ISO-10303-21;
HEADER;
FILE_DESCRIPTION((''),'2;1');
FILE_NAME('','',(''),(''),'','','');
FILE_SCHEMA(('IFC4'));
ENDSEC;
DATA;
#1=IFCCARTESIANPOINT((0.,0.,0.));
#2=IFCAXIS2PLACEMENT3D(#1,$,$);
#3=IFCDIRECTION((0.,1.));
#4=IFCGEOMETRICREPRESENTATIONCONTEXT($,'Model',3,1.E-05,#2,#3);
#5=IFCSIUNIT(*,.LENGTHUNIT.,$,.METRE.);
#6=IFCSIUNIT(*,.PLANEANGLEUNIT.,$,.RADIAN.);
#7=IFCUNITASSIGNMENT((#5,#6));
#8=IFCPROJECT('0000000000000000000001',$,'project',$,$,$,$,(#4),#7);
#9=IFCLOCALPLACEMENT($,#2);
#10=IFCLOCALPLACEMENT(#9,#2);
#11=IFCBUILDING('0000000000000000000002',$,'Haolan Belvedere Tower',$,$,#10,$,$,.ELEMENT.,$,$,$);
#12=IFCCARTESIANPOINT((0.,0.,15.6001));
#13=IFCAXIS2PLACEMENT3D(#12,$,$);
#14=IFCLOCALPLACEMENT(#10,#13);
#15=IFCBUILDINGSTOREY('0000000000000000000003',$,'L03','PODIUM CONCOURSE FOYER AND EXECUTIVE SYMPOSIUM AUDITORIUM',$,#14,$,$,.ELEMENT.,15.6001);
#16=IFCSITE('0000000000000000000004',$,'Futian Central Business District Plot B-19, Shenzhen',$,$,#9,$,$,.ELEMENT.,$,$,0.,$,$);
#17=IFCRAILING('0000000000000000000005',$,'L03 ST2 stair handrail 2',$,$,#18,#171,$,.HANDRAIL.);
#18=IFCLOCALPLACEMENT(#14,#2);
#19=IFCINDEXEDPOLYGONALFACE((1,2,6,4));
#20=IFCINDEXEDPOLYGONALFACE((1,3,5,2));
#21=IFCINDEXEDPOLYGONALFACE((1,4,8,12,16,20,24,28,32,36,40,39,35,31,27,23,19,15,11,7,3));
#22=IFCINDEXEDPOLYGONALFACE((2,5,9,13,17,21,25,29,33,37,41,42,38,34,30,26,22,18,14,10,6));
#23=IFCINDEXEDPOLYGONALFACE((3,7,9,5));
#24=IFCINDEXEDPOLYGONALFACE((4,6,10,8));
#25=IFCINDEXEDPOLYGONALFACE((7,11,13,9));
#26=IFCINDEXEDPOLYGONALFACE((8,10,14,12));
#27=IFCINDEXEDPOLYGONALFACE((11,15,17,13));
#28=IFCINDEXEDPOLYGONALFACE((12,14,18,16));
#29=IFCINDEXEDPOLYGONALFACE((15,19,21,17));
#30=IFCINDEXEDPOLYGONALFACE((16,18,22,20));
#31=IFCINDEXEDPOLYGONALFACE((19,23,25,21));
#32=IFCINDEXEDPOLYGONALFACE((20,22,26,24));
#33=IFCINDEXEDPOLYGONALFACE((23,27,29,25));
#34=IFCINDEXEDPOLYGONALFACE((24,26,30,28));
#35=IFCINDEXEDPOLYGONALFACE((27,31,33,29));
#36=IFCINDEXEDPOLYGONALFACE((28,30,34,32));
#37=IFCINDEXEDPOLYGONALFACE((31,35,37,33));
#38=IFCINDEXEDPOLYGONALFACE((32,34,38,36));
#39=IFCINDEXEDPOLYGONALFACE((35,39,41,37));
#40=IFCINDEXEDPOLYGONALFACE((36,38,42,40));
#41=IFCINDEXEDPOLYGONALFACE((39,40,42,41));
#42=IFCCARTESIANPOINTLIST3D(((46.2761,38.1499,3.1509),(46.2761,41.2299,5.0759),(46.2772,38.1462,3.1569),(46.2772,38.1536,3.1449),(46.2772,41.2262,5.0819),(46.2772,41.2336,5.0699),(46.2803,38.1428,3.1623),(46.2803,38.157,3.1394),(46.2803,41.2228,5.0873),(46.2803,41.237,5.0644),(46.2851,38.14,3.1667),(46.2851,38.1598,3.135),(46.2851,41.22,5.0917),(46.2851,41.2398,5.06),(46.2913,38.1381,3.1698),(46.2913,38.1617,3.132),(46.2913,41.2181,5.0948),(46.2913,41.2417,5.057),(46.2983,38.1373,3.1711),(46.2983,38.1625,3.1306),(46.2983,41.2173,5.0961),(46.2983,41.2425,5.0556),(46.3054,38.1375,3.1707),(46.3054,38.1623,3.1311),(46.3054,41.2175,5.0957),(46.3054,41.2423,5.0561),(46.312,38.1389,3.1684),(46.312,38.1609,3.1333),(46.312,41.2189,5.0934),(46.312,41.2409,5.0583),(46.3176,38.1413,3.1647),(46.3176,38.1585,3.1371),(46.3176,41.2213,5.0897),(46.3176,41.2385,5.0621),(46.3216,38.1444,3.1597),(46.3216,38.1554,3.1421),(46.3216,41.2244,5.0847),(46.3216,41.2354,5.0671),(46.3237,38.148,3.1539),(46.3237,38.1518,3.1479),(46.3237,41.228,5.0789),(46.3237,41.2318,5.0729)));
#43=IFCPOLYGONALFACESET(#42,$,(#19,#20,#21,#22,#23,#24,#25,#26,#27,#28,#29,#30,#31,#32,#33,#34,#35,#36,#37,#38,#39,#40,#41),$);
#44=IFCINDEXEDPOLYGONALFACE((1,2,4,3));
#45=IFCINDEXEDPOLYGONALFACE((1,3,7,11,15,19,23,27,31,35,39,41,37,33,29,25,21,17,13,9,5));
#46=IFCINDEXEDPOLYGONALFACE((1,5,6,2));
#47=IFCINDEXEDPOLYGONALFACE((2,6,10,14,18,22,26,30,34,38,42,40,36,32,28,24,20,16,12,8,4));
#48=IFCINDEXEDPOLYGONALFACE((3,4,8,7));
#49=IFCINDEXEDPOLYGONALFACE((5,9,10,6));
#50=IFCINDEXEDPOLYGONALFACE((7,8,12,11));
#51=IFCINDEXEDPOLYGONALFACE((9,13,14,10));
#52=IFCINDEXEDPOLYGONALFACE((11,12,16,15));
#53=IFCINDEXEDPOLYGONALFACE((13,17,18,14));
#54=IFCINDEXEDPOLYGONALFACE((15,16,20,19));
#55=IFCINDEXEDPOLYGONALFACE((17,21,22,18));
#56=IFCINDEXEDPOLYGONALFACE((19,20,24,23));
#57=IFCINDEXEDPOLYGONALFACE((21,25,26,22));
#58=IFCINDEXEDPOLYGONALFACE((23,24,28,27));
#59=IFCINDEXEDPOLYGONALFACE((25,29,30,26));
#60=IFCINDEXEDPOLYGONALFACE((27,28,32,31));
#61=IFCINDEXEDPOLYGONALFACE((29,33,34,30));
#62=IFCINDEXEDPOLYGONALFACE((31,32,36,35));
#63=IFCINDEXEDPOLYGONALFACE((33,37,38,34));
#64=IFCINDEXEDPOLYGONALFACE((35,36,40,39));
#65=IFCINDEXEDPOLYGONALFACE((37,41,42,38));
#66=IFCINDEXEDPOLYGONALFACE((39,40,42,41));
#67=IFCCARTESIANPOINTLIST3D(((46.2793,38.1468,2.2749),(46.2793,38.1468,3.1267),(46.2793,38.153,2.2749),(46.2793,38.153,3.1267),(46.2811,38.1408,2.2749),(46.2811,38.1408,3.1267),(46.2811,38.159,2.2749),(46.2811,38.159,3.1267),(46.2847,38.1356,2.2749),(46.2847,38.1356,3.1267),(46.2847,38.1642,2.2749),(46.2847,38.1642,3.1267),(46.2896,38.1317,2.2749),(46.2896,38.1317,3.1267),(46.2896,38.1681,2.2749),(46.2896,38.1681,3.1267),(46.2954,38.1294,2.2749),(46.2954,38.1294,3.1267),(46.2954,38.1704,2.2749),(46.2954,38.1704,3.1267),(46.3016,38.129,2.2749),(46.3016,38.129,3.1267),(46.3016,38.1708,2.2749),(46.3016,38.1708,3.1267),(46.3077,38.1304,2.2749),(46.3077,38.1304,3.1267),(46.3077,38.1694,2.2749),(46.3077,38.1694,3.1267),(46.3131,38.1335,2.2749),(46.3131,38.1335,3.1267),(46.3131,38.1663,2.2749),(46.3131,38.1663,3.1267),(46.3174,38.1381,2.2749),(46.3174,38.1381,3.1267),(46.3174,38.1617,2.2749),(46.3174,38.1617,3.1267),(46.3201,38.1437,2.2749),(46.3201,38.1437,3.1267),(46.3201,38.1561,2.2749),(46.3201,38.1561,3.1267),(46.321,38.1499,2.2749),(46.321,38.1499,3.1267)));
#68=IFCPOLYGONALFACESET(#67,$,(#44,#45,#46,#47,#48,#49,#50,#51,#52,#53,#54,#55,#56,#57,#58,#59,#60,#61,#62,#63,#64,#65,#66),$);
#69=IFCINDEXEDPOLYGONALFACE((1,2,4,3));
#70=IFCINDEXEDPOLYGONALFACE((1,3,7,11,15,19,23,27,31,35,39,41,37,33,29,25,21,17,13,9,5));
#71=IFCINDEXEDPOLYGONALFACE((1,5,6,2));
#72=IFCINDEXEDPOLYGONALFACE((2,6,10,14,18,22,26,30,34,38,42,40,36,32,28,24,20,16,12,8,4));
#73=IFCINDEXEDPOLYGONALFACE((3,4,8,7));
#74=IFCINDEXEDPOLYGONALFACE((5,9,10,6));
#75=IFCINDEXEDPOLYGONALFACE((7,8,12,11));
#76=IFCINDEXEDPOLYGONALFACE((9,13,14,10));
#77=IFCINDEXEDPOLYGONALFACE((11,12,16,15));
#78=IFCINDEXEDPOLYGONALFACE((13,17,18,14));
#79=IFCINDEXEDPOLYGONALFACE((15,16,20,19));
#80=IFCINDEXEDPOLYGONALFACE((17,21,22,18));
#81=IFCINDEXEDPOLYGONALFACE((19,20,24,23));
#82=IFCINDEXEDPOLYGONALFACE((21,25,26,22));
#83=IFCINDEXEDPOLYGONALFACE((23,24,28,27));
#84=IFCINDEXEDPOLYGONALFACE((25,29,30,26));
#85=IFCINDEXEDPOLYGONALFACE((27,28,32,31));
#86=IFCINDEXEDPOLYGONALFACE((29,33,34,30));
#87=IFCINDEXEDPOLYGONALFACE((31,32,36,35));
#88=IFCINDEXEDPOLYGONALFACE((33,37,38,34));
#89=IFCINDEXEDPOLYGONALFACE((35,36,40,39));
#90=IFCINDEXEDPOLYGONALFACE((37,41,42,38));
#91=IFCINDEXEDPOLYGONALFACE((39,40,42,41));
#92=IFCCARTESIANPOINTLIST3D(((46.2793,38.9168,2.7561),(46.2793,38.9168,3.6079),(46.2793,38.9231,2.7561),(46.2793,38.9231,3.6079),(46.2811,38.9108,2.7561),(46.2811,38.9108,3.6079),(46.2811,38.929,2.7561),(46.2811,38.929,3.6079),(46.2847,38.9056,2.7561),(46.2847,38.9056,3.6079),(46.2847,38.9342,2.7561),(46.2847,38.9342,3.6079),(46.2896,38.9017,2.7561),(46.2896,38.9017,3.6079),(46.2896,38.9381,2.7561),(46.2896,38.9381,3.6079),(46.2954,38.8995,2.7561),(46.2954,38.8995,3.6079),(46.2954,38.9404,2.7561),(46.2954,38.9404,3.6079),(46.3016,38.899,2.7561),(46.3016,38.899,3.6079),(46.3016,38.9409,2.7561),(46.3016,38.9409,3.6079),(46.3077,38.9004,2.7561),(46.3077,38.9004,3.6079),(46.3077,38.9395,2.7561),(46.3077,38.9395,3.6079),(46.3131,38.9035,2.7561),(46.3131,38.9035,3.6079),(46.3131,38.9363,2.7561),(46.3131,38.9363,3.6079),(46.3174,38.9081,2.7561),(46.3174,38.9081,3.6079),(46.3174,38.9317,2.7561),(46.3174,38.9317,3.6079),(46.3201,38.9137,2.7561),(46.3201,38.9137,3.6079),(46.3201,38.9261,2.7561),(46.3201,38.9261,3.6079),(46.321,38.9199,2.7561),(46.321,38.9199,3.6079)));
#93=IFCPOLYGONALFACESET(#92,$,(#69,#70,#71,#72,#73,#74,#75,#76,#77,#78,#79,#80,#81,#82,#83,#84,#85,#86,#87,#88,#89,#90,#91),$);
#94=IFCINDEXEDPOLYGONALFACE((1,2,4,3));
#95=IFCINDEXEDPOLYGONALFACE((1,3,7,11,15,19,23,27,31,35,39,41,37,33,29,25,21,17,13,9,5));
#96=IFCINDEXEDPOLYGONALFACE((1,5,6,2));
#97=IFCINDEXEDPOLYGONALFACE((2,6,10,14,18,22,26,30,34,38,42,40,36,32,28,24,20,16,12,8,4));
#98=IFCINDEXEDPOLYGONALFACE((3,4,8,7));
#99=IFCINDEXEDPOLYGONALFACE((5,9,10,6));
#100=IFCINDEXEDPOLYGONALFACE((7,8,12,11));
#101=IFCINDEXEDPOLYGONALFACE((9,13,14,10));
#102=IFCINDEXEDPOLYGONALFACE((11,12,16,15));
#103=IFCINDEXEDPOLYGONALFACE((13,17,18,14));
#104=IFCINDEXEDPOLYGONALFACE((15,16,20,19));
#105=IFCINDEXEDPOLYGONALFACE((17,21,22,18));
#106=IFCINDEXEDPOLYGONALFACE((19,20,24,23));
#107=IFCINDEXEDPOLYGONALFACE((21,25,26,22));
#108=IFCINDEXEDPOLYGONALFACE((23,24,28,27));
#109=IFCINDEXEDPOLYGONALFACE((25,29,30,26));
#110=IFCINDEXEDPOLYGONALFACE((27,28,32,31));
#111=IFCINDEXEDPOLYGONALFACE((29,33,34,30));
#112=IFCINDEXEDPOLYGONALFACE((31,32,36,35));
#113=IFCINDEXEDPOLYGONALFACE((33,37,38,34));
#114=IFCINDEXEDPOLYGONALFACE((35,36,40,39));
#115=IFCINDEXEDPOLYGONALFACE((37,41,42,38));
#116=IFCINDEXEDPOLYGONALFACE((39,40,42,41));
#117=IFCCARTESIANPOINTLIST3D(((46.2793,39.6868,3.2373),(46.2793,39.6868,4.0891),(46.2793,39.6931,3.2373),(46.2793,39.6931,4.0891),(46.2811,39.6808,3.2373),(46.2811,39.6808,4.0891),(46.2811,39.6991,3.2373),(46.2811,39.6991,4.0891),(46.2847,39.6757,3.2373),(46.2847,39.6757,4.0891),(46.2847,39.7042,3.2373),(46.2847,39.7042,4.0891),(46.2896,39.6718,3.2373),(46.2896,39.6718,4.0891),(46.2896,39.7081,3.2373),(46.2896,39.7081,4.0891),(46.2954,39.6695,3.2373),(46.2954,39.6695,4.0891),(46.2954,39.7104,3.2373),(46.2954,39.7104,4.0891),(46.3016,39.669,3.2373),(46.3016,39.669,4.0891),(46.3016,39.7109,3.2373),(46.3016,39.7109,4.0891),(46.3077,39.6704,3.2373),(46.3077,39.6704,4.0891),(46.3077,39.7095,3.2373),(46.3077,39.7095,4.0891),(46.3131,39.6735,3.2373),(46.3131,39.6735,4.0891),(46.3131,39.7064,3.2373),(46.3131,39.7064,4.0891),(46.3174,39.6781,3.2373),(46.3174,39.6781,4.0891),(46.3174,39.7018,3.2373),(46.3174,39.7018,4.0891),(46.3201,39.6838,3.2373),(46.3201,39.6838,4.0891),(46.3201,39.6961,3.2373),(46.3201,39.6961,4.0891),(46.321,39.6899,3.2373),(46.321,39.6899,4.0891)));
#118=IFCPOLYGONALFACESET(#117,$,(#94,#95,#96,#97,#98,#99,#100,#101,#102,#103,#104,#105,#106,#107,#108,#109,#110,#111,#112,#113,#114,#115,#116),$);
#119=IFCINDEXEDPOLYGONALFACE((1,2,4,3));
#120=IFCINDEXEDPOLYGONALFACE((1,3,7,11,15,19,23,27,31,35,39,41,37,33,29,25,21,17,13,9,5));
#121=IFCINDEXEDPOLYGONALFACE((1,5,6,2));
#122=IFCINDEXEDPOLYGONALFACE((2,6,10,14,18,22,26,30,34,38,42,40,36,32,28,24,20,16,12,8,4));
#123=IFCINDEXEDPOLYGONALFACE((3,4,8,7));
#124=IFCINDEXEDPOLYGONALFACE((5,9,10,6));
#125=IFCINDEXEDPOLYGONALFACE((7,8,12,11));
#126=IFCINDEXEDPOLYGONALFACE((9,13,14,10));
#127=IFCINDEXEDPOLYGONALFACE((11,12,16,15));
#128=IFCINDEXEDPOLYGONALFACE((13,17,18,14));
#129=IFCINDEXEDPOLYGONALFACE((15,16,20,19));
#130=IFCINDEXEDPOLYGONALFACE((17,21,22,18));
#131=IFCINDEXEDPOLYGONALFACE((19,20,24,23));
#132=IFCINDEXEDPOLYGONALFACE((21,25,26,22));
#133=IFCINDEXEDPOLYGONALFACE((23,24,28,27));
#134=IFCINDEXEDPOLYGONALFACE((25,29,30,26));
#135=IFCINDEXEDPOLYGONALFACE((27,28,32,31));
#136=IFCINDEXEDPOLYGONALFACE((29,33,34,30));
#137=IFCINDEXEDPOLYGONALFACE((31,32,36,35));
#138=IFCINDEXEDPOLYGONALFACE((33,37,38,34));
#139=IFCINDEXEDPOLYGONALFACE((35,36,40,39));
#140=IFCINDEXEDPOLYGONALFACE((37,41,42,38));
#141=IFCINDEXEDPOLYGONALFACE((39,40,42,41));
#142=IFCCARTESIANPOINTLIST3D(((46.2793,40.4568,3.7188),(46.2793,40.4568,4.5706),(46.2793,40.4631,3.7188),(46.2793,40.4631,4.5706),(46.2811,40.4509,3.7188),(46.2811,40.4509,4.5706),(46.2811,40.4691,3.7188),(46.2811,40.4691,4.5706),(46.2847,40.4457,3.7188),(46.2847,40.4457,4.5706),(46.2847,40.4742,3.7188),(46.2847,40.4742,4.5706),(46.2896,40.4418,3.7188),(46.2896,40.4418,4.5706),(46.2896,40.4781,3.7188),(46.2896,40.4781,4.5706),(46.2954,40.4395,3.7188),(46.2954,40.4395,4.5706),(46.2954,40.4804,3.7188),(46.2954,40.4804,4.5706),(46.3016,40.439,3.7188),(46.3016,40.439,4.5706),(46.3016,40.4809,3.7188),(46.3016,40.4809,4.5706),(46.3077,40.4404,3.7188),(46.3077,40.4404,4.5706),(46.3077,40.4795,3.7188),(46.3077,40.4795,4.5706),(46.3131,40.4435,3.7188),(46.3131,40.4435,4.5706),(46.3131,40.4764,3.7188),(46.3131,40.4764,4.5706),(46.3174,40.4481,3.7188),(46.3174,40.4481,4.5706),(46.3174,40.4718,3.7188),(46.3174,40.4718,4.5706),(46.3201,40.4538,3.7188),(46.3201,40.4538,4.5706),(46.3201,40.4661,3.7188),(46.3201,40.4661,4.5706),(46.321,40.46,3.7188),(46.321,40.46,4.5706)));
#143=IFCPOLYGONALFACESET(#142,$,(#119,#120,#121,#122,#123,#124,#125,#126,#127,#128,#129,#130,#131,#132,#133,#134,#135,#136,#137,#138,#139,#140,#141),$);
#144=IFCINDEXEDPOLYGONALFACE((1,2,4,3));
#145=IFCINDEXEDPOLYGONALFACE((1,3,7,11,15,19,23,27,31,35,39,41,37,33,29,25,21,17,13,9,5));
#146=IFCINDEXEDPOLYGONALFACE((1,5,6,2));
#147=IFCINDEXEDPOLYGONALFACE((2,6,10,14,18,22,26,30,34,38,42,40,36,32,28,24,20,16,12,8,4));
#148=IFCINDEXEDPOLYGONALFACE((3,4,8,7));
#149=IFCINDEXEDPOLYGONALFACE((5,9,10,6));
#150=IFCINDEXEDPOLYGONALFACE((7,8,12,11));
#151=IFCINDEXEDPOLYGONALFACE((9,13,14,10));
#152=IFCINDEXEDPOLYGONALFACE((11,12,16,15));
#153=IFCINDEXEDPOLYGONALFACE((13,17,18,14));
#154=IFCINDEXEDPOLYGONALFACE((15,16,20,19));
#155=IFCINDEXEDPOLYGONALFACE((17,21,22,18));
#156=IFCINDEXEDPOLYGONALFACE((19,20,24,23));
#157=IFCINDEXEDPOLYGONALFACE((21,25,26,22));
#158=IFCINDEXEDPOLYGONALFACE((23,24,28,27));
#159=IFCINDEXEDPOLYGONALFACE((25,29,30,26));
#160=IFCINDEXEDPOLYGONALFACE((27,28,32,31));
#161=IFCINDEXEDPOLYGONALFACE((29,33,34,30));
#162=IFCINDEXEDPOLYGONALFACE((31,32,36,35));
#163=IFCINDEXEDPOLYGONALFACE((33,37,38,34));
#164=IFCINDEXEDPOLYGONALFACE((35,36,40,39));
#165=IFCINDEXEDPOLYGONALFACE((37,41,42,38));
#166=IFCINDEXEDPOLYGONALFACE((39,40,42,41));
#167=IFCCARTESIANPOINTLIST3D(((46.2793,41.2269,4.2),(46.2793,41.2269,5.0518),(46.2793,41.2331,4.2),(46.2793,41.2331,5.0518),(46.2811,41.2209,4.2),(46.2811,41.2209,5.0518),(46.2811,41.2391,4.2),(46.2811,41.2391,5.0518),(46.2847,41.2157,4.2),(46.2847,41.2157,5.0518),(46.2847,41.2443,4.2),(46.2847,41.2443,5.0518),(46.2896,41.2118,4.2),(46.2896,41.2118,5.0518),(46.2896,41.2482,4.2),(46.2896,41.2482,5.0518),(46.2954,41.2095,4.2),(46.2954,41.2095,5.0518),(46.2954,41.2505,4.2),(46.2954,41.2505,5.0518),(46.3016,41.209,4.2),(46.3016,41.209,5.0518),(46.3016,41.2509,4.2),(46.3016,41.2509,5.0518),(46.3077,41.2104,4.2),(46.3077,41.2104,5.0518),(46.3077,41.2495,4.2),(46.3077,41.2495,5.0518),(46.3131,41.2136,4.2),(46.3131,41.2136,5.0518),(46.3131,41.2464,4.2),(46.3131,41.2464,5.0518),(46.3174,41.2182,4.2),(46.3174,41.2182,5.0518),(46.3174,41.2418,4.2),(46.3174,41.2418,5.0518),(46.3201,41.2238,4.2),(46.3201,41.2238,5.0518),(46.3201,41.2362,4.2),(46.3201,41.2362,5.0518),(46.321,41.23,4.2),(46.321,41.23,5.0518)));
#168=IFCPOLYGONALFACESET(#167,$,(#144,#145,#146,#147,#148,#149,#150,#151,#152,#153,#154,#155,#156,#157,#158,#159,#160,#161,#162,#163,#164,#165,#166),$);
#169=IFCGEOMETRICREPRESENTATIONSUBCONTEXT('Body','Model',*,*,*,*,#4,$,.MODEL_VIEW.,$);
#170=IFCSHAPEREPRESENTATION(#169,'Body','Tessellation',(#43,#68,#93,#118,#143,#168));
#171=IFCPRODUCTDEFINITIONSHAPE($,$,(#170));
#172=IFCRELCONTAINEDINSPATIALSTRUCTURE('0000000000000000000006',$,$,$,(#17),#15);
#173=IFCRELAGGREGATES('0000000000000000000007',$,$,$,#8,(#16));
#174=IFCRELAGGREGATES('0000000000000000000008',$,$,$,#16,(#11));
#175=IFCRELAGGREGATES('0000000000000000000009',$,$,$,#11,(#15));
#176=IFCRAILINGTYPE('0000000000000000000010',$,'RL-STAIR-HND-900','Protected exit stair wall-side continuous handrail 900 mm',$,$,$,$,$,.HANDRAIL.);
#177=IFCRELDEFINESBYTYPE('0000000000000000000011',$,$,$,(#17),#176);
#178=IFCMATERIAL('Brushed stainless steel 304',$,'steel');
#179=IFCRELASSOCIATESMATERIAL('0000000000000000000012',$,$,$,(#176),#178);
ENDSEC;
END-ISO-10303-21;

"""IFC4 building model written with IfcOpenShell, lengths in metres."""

from ifc_helpers import new_model, si_unit, direction, frame, origin, origin_2d, place, context, subcontext, project, spatial, circle, extrude, material, type_object, element, save


model = new_model("IFC4")

# Units and contexts
model_context = context("Model", 3, precision=1e-05, world=origin(), true_north=direction((0.0, 1.0)))
body_context = subcontext(model_context, "Body", "Model", "MODEL_VIEW")
ifc_project = project(units=[si_unit("LENGTHUNIT", "METRE"), si_unit("PLANEANGLEUNIT", "RADIAN")], contexts=[model_context])

# Site, building, storey
site_placement = place(None, origin())
site = spatial("IfcSite", under=ifc_project, at=site_placement, Name="Futian Central Business District Plot B-19, Shenzhen", CompositionType="ELEMENT", RefElevation=0.0)
building_placement = place(site_placement, origin())
building = spatial("IfcBuilding", under=site, at=building_placement, Name="Haolan Belvedere Tower", CompositionType="ELEMENT")
storey_placement = place(building_placement, frame((0.0, 0.0, 15.6001)))
storey = spatial("IfcBuildingStorey", under=building, at=storey_placement, Name="L03", Description="PODIUM CONCOURSE FOYER AND EXECUTIVE SYMPOSIUM AUDITORIUM", CompositionType="ELEMENT", Elevation=15.6001)

# Railing
ifc_material_1 = material(Name="Brushed stainless steel 304", Category="steel")
railing_type_1 = type_object("IfcRailingType", Name="RL-STAIR-HND-900", Description="Protected exit stair wall-side continuous handrail 900 mm", PredefinedType="HANDRAIL", material=ifc_material_1)
railing_1_placement = place(storey_placement, frame((46.3, 38.1499, 2.2749)))
element("IfcRailing", 1, at=railing_1_placement, inside=storey, type_object=railing_type_1, Name="L03 ST2 stair handrail 2", PredefinedType="HANDRAIL", context=body_context, shape_type="SweptSolid", body=[
    extrude(circle(Radius=0.0239, at=origin_2d()), frame((0.0, 0.0, 0.876), z_axis=(0.0, 0.847998, 0.529999), x_axis=(-1.0, 0.0, 0.0)), (0.0, 0.0, 1.0), 3.6321),
    extrude(circle(Radius=0.021, at=origin_2d()), origin(), (0.0, 0.0, 1.0), 0.8518),
    extrude(circle(Radius=0.021, at=origin_2d()), frame((0.0, 0.77, 0.4812)), (0.0, 0.0, 1.0), 0.8518),
    extrude(circle(Radius=0.021, at=origin_2d()), frame((0.0, 1.54, 0.9624)), (0.0, 0.0, 1.0), 0.8518),
    extrude(circle(Radius=0.021, at=origin_2d()), frame((0.0, 2.3101, 1.4438)), (0.0, 0.0, 1.0), 0.8518),
    extrude(circle(Radius=0.021, at=origin_2d()), frame((0.0, 3.0801, 1.925)), (0.0, 0.0, 1.0), 0.8518),
])

save(model, "model.ifc")
